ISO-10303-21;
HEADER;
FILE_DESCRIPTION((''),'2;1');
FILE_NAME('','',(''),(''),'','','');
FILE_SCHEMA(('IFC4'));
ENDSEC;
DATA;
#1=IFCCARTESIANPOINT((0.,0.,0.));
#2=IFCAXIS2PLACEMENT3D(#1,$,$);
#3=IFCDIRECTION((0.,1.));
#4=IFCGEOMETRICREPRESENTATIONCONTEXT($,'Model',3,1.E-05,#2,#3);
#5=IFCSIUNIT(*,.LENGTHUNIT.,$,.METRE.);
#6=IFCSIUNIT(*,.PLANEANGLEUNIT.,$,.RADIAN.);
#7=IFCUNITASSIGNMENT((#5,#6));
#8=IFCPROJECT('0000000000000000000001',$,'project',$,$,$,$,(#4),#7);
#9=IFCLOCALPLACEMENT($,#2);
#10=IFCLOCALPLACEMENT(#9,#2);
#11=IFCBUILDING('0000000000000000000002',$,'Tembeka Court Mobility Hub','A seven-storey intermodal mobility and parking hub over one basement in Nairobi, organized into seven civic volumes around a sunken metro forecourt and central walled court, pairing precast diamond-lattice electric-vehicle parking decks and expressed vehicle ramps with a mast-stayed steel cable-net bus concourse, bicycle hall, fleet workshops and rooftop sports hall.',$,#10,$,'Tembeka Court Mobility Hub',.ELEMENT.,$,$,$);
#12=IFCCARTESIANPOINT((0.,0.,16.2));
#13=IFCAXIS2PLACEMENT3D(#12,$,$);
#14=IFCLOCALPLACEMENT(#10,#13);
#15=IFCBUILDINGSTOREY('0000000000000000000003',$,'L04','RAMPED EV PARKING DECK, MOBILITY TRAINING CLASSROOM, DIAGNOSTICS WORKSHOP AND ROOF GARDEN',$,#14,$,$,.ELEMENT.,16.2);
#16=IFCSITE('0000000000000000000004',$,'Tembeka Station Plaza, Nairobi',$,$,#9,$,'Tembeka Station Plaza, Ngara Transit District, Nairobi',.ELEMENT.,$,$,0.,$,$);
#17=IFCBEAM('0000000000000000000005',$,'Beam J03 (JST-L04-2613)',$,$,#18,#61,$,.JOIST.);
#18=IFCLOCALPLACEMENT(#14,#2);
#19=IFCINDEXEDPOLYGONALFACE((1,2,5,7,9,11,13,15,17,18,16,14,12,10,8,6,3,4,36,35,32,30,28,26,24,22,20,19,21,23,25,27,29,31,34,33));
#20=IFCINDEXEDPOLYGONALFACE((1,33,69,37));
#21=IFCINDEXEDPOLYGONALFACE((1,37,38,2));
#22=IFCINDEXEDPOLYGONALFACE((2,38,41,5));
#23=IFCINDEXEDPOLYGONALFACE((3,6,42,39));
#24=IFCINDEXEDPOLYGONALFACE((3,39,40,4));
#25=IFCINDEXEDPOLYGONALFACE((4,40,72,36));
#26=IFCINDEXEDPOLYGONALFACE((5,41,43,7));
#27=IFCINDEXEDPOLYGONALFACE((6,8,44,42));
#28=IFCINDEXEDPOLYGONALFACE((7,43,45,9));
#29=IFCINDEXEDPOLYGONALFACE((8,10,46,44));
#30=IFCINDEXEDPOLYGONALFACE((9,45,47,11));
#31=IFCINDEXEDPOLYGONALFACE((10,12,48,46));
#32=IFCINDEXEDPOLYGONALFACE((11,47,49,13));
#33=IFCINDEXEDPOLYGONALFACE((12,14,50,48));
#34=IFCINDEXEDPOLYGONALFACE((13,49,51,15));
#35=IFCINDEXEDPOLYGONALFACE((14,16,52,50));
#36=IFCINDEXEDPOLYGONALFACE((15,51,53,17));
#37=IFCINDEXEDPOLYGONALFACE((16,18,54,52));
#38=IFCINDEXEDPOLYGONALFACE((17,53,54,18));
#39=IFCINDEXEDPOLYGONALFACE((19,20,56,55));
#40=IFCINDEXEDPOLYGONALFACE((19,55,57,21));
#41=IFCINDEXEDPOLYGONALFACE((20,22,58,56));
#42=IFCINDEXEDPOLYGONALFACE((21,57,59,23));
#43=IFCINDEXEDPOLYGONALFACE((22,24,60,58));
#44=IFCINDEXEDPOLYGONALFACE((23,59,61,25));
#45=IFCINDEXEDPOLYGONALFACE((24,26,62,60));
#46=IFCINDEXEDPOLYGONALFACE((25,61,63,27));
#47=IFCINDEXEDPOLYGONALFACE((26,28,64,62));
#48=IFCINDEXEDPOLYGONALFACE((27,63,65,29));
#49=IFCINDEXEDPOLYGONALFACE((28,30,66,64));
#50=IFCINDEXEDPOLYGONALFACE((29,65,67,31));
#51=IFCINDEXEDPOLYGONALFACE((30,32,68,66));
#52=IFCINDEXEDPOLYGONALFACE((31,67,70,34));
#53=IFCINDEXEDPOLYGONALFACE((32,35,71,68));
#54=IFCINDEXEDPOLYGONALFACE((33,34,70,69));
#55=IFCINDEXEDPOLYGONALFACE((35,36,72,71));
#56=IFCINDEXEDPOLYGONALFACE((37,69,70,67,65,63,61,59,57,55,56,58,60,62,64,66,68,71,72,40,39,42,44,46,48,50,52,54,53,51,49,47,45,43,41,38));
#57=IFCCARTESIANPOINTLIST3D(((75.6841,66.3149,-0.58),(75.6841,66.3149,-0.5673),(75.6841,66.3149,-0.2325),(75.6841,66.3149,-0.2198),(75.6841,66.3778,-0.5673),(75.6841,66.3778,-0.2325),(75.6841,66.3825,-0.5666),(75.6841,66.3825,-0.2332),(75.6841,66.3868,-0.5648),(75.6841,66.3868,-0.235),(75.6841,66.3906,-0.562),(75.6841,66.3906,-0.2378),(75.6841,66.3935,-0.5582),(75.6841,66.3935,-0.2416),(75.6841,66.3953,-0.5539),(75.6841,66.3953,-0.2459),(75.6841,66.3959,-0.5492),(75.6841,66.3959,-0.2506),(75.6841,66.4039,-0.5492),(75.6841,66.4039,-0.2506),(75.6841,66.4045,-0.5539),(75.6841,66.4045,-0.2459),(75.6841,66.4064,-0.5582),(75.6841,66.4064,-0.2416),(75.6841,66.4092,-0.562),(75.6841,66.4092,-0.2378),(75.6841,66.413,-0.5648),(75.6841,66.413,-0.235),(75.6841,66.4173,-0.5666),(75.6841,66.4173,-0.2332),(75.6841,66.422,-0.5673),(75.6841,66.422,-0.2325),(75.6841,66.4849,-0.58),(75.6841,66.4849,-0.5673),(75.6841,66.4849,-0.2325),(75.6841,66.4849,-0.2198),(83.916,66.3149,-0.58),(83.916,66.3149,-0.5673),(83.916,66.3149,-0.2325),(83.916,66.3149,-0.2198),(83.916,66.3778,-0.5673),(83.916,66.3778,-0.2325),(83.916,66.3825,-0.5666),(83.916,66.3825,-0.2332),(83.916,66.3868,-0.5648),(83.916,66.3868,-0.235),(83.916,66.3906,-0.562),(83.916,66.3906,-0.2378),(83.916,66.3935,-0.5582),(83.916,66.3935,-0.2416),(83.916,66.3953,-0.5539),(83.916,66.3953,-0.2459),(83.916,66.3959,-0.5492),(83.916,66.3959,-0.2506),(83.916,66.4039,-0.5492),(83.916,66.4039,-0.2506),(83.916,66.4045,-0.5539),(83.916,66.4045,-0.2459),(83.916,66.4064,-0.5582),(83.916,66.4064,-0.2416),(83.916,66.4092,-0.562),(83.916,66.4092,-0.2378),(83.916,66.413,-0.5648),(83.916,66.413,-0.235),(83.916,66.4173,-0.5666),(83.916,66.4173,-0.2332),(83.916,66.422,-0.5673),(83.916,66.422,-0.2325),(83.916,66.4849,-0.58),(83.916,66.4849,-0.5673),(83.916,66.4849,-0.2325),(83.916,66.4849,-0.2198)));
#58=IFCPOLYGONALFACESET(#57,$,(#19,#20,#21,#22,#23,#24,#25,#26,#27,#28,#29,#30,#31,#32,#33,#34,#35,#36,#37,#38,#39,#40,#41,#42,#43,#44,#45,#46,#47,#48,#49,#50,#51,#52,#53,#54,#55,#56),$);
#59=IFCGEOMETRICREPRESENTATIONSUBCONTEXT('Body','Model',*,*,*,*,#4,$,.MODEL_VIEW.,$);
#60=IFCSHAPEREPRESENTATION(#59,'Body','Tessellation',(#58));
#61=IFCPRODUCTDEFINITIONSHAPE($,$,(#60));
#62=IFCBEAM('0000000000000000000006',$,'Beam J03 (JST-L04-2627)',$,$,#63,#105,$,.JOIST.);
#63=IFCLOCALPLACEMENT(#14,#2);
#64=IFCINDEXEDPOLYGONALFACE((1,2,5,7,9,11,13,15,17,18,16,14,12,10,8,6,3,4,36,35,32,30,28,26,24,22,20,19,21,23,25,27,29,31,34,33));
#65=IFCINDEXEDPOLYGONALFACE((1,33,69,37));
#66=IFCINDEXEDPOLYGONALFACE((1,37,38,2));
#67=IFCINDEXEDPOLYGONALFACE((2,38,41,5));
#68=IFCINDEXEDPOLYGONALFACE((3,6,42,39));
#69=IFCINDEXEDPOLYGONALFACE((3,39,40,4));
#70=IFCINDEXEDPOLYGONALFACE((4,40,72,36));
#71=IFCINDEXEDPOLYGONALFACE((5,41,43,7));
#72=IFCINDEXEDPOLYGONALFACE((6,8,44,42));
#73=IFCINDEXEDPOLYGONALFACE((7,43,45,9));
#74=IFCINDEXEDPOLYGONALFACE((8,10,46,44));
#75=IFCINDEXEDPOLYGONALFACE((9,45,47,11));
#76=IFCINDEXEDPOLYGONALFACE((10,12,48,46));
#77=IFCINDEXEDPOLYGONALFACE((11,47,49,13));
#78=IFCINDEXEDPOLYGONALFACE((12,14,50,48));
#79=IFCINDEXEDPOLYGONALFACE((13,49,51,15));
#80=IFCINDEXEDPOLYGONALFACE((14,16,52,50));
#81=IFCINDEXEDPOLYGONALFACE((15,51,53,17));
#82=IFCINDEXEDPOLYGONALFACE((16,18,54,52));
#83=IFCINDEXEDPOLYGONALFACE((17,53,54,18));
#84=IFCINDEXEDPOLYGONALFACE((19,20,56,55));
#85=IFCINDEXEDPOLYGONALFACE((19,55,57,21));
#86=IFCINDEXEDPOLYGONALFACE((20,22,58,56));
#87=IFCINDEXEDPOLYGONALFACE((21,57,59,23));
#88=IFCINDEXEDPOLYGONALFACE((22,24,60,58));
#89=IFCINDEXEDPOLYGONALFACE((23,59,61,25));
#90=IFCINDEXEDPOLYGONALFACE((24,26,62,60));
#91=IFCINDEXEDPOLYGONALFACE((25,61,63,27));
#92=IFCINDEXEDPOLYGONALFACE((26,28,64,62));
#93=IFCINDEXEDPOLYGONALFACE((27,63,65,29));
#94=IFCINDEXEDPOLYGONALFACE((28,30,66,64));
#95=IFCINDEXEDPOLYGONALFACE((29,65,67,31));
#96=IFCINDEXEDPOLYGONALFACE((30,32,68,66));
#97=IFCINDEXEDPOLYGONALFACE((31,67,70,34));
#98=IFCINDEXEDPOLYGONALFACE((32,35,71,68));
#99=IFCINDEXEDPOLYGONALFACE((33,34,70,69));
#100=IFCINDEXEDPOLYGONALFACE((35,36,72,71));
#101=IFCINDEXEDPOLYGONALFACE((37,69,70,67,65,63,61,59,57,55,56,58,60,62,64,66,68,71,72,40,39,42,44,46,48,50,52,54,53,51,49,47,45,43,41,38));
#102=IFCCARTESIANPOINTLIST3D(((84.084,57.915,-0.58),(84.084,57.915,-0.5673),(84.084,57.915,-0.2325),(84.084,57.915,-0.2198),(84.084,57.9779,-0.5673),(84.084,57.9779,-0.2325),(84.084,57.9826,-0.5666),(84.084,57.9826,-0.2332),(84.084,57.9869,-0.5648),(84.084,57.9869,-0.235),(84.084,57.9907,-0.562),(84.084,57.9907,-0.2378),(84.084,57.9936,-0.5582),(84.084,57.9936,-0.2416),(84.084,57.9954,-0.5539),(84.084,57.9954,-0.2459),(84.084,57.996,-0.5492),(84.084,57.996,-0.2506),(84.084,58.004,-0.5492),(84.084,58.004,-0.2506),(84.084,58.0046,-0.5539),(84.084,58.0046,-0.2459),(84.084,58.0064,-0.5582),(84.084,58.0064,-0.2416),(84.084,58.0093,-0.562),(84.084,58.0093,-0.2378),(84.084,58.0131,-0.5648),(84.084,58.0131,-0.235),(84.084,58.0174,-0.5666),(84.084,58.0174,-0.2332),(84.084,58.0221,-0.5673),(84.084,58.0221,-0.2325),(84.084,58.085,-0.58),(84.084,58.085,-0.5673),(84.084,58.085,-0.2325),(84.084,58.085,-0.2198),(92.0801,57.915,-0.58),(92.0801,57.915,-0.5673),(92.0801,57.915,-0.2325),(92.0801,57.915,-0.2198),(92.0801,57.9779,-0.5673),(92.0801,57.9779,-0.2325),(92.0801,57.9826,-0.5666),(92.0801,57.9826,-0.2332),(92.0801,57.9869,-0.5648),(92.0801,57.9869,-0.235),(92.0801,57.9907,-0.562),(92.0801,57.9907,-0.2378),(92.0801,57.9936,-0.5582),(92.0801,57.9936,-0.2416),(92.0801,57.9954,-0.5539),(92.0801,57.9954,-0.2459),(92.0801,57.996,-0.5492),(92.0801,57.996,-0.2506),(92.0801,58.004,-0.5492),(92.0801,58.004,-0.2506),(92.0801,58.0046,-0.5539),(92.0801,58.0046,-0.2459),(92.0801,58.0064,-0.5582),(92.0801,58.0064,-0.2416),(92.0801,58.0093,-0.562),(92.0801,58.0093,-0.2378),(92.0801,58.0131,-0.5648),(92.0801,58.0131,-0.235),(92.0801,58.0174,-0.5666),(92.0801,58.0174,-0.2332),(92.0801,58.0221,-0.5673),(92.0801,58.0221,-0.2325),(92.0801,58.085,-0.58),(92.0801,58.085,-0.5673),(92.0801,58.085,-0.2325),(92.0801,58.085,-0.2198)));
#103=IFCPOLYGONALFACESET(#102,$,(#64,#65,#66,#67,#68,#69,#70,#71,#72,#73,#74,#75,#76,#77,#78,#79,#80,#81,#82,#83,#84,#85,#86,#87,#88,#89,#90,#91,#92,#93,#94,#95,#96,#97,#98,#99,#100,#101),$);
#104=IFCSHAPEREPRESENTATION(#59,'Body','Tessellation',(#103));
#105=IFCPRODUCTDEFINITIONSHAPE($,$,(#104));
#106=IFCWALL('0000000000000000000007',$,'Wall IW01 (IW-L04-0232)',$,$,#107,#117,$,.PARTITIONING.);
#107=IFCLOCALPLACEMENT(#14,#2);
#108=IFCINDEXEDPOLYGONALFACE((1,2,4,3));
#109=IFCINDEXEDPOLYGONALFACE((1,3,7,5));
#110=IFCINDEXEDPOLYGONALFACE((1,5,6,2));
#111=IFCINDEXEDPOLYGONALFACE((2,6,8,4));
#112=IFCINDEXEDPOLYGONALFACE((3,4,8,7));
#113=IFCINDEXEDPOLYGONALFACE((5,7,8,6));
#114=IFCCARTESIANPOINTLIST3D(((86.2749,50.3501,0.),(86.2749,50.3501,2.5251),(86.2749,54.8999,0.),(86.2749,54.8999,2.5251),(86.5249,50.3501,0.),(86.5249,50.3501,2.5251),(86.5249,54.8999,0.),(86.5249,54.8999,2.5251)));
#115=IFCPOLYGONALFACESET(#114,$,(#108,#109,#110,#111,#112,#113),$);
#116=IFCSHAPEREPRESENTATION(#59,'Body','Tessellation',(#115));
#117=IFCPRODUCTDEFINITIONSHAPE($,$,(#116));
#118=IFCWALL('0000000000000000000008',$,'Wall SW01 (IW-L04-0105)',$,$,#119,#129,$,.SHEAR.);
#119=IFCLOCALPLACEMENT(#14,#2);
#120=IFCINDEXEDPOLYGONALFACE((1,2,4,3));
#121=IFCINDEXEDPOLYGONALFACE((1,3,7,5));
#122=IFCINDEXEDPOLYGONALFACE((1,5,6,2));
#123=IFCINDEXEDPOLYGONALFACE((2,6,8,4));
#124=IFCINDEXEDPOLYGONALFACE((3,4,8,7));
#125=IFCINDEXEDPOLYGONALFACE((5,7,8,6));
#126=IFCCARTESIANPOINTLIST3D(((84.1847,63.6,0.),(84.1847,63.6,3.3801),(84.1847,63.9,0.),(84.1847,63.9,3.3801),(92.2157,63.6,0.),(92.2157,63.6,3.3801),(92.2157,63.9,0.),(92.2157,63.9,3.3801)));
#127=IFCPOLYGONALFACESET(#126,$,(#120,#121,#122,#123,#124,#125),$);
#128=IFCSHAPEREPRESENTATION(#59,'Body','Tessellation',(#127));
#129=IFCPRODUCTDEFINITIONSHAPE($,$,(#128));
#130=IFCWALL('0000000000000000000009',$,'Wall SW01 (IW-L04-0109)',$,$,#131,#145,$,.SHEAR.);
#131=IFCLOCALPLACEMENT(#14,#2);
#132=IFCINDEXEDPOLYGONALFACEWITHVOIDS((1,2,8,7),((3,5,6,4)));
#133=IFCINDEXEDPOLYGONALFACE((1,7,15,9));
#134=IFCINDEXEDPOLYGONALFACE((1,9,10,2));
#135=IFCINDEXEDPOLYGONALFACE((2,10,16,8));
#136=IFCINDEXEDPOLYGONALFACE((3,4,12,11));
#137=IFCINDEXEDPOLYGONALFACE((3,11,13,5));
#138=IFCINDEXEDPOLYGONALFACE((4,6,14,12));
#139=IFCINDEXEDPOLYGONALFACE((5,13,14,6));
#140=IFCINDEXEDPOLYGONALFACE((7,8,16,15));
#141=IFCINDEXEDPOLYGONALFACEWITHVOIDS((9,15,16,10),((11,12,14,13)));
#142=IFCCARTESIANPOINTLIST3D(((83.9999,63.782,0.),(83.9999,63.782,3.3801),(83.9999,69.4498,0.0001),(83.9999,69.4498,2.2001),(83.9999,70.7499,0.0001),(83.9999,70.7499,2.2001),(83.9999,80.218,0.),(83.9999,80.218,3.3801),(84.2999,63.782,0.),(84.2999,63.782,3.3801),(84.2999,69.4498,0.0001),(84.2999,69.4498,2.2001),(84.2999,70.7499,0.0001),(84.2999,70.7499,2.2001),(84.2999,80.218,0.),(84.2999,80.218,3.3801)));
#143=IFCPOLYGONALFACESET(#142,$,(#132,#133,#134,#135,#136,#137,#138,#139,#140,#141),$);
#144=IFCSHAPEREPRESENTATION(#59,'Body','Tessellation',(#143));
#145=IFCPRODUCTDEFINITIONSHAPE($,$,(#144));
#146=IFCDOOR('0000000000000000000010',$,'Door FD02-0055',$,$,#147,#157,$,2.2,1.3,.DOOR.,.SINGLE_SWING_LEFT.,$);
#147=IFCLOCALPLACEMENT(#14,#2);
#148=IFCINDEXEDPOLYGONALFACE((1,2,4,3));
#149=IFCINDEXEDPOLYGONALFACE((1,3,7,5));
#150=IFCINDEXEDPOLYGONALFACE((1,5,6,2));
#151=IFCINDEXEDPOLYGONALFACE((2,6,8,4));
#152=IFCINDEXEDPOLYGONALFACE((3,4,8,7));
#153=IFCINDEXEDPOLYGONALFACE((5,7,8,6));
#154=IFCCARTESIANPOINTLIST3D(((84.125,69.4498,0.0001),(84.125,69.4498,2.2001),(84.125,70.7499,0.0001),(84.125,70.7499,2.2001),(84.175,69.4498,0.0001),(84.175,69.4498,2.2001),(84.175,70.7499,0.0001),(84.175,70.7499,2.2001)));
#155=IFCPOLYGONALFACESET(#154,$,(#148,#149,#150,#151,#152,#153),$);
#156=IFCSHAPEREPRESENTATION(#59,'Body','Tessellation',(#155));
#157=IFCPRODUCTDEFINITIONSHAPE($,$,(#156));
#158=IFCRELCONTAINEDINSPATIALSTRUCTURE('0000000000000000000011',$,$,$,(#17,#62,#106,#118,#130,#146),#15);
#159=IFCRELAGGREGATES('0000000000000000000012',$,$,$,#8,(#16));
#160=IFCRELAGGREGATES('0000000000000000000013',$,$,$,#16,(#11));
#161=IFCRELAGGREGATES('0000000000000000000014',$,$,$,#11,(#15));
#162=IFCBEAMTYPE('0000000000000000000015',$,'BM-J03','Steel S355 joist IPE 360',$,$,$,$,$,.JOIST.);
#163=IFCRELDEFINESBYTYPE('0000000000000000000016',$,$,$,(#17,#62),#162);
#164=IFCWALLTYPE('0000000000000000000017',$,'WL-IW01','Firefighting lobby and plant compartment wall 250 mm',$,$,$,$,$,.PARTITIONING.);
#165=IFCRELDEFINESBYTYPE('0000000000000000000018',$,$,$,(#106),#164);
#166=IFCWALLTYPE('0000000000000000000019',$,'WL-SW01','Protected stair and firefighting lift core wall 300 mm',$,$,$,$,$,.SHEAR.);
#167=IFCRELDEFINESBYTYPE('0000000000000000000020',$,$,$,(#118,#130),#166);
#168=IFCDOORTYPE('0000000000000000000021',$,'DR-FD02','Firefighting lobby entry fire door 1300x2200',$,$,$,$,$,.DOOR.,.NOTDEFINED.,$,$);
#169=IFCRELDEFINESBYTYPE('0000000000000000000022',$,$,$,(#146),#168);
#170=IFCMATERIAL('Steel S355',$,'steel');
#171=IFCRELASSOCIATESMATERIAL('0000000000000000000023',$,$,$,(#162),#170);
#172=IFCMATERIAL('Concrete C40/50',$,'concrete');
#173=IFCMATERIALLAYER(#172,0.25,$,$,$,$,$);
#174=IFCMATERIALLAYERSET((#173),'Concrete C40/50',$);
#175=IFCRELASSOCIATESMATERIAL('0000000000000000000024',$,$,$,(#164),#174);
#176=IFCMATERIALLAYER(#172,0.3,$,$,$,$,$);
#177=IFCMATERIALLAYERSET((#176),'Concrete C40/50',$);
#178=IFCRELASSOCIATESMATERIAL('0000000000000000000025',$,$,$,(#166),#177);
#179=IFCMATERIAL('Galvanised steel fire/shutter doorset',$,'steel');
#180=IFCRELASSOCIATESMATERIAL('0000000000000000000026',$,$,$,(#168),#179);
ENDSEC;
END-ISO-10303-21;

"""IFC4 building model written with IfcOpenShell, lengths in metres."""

from ifc_helpers import new_model, si_unit, direction, frame, frame_2d, origin, origin_2d, place, context, subcontext, project, spatial, rectangle, i_section, extrude, material, layer, layer_set, material_profile, profile_set, type_object, element, fill, save


model = new_model("IFC4")

# Units and contexts
model_context = context("Model", 3, precision=1e-05, world=origin(), true_north=direction((0.0, 1.0)))
body_context = subcontext(model_context, "Body", "Model", "MODEL_VIEW")
ifc_project = project(units=[si_unit("LENGTHUNIT", "METRE"), si_unit("PLANEANGLEUNIT", "RADIAN")], contexts=[model_context])

# Site, building, storey
site_placement = place(None, origin())
site = spatial("IfcSite", under=ifc_project, at=site_placement, Name="Tembeka Station Plaza, Nairobi", LongName="Tembeka Station Plaza, Ngara Transit District, Nairobi", CompositionType="ELEMENT", RefElevation=0.0)
building_placement = place(site_placement, origin())
building = spatial("IfcBuilding", under=site, at=building_placement, Name="Tembeka Court Mobility Hub", Description="A seven-storey intermodal mobility and parking hub over one basement in Nairobi, organized into seven civic volumes around a sunken metro forecourt and central walled court, pairing precast diamond-lattice electric-vehicle parking decks and expressed vehicle ramps with a mast-stayed steel cable-net bus concourse, bicycle hall, fleet workshops and rooftop sports hall.", LongName="Tembeka Court Mobility Hub", CompositionType="ELEMENT")
storey_placement = place(building_placement, frame((0.0, 0.0, 16.2)))
storey = spatial("IfcBuildingStorey", under=building, at=storey_placement, Name="L04", Description="RAMPED EV PARKING DECK, MOBILITY TRAINING CLASSROOM, DIAGNOSTICS WORKSHOP AND ROOF GARDEN", CompositionType="ELEMENT", Elevation=16.2)

# Shared definitions
ifc_material_1 = material(Name="Steel S355", Category="steel")

# Beams
ifc_material_profile_1 = material_profile(ifc_material_1, i_section(OverallWidth=0.1699, OverallDepth=0.3601, WebThickness=0.0081, FlangeThickness=0.0127, FilletRadius=0.0181, at=origin_2d()), Name="IPE 360")
ifc_profile_set_1 = profile_set([ifc_material_profile_1], Name="Steel S355")
beam_type_1 = type_object("IfcBeamType", Name="BM-J03", Description="Steel S355 joist IPE 360", PredefinedType="JOIST", material=ifc_profile_set_1)
for number, where, z_axis, x_axis, name in (
    (1, (75.6841, 66.3999, -0.3999), (1.0, 0.0, 0.0), (0.0, 1.0, 0.0), "Beam J03 (JST-L04-2613)"),
):
    element("IfcBeam", number, at=place(storey_placement, frame(where, z_axis=z_axis, x_axis=x_axis)), inside=storey, type_object=beam_type_1, Name=name, PredefinedType="JOIST", context=body_context, shape_type="SweptSolid", body=[
        extrude(i_section(OverallWidth=0.1699, OverallDepth=0.3601, WebThickness=0.0081, FlangeThickness=0.0127, FilletRadius=0.0181, at=origin_2d()), origin(), (0.0, 0.0, 1.0), 8.2319),
    ])
beam_1_placement = place(storey_placement, frame((84.084, 58.0, -0.3999), z_axis=(1.0, 0.0, 0.0), x_axis=(0.0, 1.0, 0.0)))
element("IfcBeam", 2, at=beam_1_placement, inside=storey, type_object=beam_type_1, Name="Beam J03 (JST-L04-2627)", PredefinedType="JOIST", context=body_context, shape_type="SweptSolid", body=[
    extrude(i_section(OverallWidth=0.1699, OverallDepth=0.3601, WebThickness=0.0081, FlangeThickness=0.0127, FilletRadius=0.0181, at=origin_2d()), origin(), (0.0, 0.0, 1.0), 7.9961),
])

# Walls
ifc_material_2 = material(Name="Concrete C40/50", Category="concrete")
ifc_layer_1 = layer(ifc_material_2, 0.25)
ifc_layer_set_1 = layer_set([ifc_layer_1], Name="Concrete C40/50")
wall_type_1 = type_object("IfcWallType", Name="WL-IW01", Description="Firefighting lobby and plant compartment wall 250 mm", PredefinedType="PARTITIONING", material=ifc_layer_set_1)
wall_1_placement = place(storey_placement, frame((86.3999, 50.3501, 0.0), z_axis=(0.0, 0.0, 1.0), x_axis=(0.0, 1.0, 0.0)))
element("IfcWall", 3, at=wall_1_placement, inside=storey, type_object=wall_type_1, Name="Wall IW01 (IW-L04-0232)", PredefinedType="PARTITIONING", context=body_context, shape_type="SweptSolid", body=[
    extrude(rectangle(XDim=4.5498, YDim=0.25, at=frame_2d((2.2749, 0.0))), origin(), (0.0, 0.0, 1.0), 2.5251),
])
ifc_layer_2 = layer(ifc_material_2, 0.3)
ifc_layer_set_2 = layer_set([ifc_layer_2], Name="Concrete C40/50")
wall_type_2 = type_object("IfcWallType", Name="WL-SW01", Description="Protected stair and firefighting lift core wall 300 mm", PredefinedType="SHEAR", material=ifc_layer_set_2)
wall_2_placement = place(storey_placement, frame((84.1846, 63.75, 0.0), z_axis=(0.0, 0.0, 1.0), x_axis=(1.0, 0.0, 0.0)))
element("IfcWall", 4, at=wall_2_placement, inside=storey, type_object=wall_type_2, Name="Wall SW01 (IW-L04-0105)", PredefinedType="SHEAR", context=body_context, shape_type="SweptSolid", body=[
    extrude(rectangle(XDim=8.031, YDim=0.3, at=frame_2d((4.0156, 0.0))), origin(), (0.0, 0.0, 1.0), 3.3801),
])

# Wall, opening, door
wall_3_placement = place(storey_placement, frame((84.1499, 63.782, 0.0), z_axis=(0.0, 0.0, 1.0), x_axis=(0.0, 1.0, 0.0)))
wall_3 = element("IfcWall", 5, at=wall_3_placement, inside=storey, type_object=wall_type_2, Name="Wall SW01 (IW-L04-0109)", PredefinedType="SHEAR", context=body_context, shape_type="SweptSolid", body=[
    extrude(rectangle(XDim=16.436, YDim=0.3, at=frame_2d((8.218, 0.0))), origin(), (0.0, 0.0, 1.0), 3.3801),
])
opening_1_placement = place(wall_3_placement, frame((5.668, 0.0, 0.0)))
opening_1 = element("IfcOpeningElement", 6, at=opening_1_placement, cuts=wall_3, PredefinedType="OPENING", context=body_context, shape_type="SweptSolid", body=[
    extrude(rectangle(XDim=1.3, YDim=2.2, at=frame_2d((0.6499, 1.1001))), frame((0.0, 0.1602, 0.0), z_axis=(0.0, -1.0, 0.0), x_axis=(1.0, 0.0, 0.0)), (0.0, 0.0, 1.0), 0.3201),
])
ifc_material_3 = material(Name="Galvanised steel fire/shutter doorset", Category="steel")
door_type_1 = type_object("IfcDoorType", Name="DR-FD02", Description="Firefighting lobby entry fire door 1300x2200", OperationType="NOTDEFINED", PredefinedType="DOOR", material=ifc_material_3)
door_1_placement = place(opening_1_placement, origin())
door_1 = element("IfcDoor", 7, at=door_1_placement, inside=storey, type_object=door_type_1, Name="Door FD02-0055", OperationType="SINGLE_SWING_LEFT", OverallHeight=2.2, OverallWidth=1.3, PredefinedType="DOOR", context=body_context, shape_type="SweptSolid", body=[
    extrude(rectangle(XDim=1.3, YDim=2.2, at=frame_2d((0.6499, 1.1001))), frame((0.0, 0.0249, 0.0), z_axis=(0.0, -1.0, 0.0), x_axis=(1.0, 0.0, 0.0)), (0.0, 0.0, 1.0), 0.05),
])
fill(opening_1, door_1)

save(model, "model.ifc")
